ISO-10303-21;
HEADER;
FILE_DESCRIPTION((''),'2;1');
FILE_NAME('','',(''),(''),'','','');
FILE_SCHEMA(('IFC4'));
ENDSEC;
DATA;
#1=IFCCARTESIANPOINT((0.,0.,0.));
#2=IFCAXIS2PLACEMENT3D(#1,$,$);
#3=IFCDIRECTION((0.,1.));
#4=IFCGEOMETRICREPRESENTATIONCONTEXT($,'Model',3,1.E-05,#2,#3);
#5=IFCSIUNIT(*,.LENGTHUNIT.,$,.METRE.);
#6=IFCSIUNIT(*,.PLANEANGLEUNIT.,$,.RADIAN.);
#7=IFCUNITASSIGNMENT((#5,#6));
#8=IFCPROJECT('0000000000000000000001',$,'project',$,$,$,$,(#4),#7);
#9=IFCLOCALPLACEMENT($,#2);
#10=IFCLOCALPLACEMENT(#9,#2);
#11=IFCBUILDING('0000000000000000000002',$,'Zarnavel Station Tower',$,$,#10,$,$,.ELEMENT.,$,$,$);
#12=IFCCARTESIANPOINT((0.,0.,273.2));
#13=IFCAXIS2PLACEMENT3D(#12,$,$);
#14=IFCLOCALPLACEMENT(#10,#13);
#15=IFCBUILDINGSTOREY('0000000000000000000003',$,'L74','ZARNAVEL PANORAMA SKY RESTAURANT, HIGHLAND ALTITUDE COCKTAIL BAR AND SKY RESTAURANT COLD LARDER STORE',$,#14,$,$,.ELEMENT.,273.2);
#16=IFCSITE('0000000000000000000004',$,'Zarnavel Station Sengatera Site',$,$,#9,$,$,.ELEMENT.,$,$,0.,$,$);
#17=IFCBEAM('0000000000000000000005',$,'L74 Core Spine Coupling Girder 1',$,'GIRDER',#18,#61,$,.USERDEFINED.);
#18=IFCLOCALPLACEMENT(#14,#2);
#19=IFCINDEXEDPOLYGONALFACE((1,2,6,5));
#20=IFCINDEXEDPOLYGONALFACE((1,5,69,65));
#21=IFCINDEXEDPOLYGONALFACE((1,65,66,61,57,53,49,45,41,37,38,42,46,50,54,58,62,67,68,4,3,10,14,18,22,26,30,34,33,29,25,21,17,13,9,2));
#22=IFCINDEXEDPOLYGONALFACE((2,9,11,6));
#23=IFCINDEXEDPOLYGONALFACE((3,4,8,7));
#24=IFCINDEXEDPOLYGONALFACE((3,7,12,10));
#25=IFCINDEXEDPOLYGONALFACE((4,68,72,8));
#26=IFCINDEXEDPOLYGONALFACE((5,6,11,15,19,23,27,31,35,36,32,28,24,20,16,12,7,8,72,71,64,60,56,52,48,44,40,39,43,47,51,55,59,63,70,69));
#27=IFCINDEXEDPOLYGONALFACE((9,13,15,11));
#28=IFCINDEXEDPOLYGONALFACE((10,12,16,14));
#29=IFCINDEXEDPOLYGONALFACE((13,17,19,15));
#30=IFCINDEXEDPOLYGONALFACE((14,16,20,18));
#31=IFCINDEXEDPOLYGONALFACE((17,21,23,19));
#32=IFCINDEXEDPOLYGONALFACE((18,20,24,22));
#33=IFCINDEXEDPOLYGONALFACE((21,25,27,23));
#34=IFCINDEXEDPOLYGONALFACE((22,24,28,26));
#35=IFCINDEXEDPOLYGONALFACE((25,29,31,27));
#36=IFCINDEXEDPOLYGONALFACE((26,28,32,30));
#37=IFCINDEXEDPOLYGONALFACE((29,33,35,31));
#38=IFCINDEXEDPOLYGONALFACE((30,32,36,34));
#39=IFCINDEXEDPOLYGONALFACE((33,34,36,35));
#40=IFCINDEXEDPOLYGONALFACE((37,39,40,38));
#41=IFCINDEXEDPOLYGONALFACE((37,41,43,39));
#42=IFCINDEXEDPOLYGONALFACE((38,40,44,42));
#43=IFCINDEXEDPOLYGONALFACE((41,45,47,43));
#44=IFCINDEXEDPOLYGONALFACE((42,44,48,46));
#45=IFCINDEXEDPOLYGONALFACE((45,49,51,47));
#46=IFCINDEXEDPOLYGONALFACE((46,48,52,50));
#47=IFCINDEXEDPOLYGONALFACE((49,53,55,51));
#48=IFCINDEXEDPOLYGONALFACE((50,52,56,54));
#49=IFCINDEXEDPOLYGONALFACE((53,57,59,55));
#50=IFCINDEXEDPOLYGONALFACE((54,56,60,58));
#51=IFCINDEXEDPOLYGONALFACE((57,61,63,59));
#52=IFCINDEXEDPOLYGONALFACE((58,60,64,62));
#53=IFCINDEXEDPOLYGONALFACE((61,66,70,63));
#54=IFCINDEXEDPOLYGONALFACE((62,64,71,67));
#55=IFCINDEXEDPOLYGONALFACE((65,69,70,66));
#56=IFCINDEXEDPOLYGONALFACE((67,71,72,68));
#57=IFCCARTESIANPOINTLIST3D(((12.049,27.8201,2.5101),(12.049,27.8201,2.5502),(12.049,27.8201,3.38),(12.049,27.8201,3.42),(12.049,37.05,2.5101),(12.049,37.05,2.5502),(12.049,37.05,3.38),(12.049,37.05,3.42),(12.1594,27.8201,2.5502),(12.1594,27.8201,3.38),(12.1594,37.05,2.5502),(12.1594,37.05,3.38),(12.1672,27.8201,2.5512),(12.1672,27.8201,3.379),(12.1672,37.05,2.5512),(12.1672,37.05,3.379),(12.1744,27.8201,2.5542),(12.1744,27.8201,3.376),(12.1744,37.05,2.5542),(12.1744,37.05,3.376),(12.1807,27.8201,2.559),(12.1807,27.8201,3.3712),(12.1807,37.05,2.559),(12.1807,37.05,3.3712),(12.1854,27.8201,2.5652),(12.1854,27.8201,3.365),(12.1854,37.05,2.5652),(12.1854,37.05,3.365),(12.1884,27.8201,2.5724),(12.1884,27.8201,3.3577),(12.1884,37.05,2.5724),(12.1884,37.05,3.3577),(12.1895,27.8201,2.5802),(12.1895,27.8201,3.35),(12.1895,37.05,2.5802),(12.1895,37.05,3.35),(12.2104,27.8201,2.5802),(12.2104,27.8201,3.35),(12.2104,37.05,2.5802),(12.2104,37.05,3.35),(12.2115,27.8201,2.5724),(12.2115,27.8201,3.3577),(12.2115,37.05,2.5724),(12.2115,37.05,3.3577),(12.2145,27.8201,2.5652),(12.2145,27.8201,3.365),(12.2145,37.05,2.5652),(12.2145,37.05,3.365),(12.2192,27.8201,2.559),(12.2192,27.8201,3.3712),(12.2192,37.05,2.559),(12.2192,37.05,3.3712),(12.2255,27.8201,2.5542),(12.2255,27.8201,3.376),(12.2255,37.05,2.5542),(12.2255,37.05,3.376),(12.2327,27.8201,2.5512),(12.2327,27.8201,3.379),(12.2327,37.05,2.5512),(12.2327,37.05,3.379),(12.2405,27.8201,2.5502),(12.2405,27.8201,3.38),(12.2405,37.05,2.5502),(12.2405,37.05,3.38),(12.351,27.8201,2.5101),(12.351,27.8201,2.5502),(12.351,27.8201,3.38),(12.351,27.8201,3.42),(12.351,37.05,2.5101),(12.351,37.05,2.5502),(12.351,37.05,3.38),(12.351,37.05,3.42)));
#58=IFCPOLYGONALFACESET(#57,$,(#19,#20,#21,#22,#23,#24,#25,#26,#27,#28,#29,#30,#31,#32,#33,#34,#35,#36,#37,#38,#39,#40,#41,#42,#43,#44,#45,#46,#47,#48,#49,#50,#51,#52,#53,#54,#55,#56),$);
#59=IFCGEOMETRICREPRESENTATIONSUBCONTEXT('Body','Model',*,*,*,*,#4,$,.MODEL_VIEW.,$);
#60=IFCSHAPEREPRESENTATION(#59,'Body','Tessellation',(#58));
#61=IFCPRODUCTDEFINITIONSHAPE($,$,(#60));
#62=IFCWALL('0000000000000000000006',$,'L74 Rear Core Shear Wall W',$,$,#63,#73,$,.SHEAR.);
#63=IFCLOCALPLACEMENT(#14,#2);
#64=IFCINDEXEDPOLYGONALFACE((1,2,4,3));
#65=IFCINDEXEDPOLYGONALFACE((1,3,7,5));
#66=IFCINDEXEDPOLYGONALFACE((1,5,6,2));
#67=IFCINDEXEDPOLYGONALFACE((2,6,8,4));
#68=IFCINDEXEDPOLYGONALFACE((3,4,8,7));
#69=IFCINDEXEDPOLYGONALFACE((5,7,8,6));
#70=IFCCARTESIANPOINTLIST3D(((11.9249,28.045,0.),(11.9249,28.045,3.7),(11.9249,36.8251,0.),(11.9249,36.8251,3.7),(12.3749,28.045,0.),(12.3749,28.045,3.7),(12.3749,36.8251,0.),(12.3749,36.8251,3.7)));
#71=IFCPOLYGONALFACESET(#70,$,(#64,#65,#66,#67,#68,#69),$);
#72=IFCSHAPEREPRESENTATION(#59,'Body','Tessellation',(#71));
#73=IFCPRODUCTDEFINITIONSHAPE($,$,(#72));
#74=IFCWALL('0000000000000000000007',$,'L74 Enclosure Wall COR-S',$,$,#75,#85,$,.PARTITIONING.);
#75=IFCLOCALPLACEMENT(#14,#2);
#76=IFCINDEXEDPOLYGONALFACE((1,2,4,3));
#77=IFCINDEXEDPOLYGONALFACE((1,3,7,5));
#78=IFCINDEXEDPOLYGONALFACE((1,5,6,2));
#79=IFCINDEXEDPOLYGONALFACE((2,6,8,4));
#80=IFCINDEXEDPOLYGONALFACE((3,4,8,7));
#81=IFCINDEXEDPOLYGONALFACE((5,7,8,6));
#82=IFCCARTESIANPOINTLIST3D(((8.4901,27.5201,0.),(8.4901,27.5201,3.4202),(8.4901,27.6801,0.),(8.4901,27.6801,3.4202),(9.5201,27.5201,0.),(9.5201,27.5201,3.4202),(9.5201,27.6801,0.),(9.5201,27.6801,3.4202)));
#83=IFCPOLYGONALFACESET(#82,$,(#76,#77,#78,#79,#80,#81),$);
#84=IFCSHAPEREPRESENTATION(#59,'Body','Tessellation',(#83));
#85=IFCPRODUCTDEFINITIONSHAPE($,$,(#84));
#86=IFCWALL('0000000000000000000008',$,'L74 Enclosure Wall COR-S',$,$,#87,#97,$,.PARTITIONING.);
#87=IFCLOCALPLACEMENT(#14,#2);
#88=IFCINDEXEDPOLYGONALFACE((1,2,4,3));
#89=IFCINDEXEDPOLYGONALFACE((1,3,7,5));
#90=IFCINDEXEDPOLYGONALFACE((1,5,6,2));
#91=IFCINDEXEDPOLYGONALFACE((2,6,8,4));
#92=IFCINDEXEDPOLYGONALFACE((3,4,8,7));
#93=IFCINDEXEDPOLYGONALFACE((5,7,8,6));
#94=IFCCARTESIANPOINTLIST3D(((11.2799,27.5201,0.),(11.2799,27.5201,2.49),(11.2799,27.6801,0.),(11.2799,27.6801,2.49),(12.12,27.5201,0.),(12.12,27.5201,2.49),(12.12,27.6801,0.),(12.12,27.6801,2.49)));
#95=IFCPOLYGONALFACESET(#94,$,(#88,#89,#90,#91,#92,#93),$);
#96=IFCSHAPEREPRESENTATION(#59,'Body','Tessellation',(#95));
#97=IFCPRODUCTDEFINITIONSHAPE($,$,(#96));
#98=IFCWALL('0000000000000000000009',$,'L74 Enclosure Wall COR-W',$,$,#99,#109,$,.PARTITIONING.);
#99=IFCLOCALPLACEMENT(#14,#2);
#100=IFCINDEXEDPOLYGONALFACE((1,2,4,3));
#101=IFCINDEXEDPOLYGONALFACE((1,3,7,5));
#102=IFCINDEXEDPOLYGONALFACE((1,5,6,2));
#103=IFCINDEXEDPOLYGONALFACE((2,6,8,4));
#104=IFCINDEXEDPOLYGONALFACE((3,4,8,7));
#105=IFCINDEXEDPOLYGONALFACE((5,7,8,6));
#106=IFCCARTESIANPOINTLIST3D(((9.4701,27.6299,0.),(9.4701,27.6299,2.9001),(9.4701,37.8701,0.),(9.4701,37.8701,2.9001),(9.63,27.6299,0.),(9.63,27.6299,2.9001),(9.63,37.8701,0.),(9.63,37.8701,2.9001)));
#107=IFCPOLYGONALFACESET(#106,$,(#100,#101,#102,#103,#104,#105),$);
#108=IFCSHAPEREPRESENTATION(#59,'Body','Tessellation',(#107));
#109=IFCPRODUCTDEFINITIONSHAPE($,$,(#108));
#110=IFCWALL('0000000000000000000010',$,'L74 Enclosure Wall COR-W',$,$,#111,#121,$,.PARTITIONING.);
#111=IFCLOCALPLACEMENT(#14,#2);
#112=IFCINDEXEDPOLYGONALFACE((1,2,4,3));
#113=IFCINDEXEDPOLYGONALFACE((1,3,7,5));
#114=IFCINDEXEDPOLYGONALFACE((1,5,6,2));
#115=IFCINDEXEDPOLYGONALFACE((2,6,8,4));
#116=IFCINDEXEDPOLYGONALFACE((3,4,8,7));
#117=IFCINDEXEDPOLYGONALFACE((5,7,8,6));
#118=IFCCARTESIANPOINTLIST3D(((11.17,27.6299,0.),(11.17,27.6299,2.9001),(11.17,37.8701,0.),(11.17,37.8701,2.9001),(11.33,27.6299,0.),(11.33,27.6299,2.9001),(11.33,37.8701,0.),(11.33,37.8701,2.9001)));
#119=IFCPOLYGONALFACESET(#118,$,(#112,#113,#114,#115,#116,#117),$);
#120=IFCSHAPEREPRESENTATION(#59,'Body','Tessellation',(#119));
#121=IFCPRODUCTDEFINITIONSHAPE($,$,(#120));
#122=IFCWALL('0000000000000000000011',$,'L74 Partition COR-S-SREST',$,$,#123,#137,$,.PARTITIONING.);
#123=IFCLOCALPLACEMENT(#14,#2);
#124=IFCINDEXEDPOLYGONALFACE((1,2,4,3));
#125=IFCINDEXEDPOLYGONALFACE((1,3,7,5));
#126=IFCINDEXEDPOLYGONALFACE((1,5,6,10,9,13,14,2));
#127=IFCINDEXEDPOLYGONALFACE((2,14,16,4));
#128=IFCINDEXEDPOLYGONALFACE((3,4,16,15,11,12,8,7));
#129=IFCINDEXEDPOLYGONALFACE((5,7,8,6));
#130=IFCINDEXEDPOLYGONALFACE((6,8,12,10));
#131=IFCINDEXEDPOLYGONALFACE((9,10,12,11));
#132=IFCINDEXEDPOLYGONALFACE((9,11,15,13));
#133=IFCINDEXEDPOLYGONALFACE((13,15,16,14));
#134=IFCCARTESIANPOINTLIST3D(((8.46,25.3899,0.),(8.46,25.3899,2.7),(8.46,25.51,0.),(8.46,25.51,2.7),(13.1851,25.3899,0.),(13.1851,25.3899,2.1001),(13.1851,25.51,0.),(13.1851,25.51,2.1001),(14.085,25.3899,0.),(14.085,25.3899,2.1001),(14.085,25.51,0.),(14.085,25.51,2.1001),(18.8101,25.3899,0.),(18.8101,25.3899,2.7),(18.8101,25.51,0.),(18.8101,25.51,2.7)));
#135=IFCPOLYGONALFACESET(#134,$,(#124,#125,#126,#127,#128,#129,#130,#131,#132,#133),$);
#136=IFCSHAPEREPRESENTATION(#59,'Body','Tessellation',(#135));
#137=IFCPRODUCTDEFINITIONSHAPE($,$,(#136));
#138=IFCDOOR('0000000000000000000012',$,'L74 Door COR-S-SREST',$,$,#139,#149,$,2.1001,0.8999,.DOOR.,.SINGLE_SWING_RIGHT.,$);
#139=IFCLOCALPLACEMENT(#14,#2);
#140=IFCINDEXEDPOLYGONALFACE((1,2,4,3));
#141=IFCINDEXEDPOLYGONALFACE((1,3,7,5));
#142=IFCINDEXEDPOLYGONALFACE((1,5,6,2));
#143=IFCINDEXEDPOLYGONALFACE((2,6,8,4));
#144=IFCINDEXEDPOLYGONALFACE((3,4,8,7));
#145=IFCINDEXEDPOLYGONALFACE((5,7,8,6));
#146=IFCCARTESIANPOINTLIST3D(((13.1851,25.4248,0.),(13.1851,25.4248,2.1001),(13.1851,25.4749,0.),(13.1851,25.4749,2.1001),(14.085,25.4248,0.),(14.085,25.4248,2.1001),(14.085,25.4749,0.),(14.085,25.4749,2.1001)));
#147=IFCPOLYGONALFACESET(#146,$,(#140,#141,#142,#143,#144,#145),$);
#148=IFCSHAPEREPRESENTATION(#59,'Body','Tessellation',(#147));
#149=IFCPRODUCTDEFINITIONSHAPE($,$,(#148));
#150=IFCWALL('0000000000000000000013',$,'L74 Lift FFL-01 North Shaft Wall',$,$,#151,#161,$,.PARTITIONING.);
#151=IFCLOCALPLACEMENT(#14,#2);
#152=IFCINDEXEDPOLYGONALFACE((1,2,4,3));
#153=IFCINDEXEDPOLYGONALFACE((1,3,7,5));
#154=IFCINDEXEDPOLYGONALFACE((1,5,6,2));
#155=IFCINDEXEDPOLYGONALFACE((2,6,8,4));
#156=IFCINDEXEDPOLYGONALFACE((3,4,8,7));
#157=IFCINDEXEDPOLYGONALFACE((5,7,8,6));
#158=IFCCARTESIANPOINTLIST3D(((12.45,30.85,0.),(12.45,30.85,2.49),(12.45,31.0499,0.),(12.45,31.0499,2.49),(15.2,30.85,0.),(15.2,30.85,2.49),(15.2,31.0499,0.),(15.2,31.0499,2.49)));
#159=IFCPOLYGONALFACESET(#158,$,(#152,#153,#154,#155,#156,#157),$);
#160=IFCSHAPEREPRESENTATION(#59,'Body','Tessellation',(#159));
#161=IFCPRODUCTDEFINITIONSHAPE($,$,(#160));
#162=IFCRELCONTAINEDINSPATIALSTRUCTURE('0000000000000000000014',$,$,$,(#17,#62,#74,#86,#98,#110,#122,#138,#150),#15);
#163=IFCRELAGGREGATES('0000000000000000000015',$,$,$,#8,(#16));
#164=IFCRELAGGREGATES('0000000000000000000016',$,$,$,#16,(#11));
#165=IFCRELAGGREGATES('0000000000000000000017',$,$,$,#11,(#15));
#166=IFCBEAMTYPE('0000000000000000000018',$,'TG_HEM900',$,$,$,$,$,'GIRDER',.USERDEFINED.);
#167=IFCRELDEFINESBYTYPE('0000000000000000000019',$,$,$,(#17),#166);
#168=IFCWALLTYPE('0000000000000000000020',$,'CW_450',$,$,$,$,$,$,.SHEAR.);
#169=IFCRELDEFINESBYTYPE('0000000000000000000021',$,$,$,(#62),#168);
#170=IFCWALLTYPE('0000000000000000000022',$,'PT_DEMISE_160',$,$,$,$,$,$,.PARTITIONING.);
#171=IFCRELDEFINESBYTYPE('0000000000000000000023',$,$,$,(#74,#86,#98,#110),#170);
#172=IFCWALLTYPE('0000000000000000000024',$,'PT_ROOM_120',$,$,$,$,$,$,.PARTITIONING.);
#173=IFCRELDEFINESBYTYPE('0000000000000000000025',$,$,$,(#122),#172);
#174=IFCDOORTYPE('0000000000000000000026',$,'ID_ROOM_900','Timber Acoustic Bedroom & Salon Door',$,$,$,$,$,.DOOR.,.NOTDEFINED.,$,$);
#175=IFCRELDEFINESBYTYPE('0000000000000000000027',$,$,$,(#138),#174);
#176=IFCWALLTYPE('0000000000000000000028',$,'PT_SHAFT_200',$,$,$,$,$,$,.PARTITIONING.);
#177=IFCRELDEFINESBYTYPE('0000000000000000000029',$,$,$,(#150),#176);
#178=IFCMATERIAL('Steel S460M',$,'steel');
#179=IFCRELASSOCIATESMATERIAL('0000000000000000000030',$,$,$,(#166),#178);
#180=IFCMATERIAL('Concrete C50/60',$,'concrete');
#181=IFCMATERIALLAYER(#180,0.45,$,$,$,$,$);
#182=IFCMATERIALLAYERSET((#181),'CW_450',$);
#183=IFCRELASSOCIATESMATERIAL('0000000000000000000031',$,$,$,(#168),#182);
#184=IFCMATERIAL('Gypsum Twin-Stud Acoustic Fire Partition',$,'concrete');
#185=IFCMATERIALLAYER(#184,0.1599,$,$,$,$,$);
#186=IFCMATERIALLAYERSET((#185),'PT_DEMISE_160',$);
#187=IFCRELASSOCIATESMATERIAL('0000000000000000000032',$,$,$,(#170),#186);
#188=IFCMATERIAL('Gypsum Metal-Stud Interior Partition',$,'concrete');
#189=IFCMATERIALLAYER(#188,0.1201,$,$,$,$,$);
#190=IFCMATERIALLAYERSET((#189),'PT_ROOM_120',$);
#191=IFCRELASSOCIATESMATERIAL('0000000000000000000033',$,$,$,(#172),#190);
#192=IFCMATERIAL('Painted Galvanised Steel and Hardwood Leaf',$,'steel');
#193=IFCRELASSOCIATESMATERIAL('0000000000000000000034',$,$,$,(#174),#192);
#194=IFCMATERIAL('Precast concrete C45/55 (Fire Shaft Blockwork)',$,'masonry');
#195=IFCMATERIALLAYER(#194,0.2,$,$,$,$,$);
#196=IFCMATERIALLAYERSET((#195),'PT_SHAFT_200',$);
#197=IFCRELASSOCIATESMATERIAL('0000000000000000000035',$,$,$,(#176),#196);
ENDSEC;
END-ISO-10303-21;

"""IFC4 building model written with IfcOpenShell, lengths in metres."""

from ifc_helpers import new_model, si_unit, direction, frame, frame_2d, origin, origin_2d, place, context, subcontext, project, spatial, rectangle, i_section, extrude, material, layer, layer_set, material_profile, profile_set, type_object, element, fill, save


model = new_model("IFC4")

# Units and contexts
model_context = context("Model", 3, precision=1e-05, world=origin(), true_north=direction((0.0, 1.0)))
body_context = subcontext(model_context, "Body", "Model", "MODEL_VIEW")
ifc_project = project(units=[si_unit("LENGTHUNIT", "METRE"), si_unit("PLANEANGLEUNIT", "RADIAN")], contexts=[model_context])

# Site, building, storey
site_placement = place(None, origin())
site = spatial("IfcSite", under=ifc_project, at=site_placement, Name="Zarnavel Station Sengatera Site", CompositionType="ELEMENT", RefElevation=0.0)
building_placement = place(site_placement, origin())
building = spatial("IfcBuilding", under=site, at=building_placement, Name="Zarnavel Station Tower", CompositionType="ELEMENT")
storey_placement = place(building_placement, frame((0.0, 0.0, 273.2)))
storey = spatial("IfcBuildingStorey", under=building, at=storey_placement, Name="L74", Description="ZARNAVEL PANORAMA SKY RESTAURANT, HIGHLAND ALTITUDE COCKTAIL BAR AND SKY RESTAURANT COLD LARDER STORE", CompositionType="ELEMENT", Elevation=273.2)

# Beam
ifc_material_1 = material(Name="Steel S460M", Category="steel")
ifc_material_profile_1 = material_profile(ifc_material_1, i_section(OverallWidth=0.302, OverallDepth=0.9099, WebThickness=0.021, FlangeThickness=0.04, FilletRadius=0.03, at=origin_2d()), Name="HEM900")
ifc_profile_set_1 = profile_set([ifc_material_profile_1], Name="Steel S460M")
beam_type_1 = type_object("IfcBeamType", Name="TG_HEM900", ElementType="GIRDER", PredefinedType="USERDEFINED", material=ifc_profile_set_1)
beam_1_placement = place(storey_placement, frame((12.2, 27.8201, 2.9651), z_axis=(0.0, 1.0, 0.0), x_axis=(-1.0, 0.0, 0.0)))
element("IfcBeam", 1, at=beam_1_placement, inside=storey, type_object=beam_type_1, Name="L74 Core Spine Coupling Girder 1", ObjectType="GIRDER", PredefinedType="USERDEFINED", context=body_context, shape_type="SweptSolid", body=[
    extrude(i_section(OverallWidth=0.302, OverallDepth=0.9099, WebThickness=0.021, FlangeThickness=0.04, FilletRadius=0.03, at=origin_2d()), origin(), (0.0, 0.0, 1.0), 9.23),
])

# Walls
ifc_material_2 = material(Name="Concrete C50/60", Category="concrete")
ifc_layer_1 = layer(ifc_material_2, 0.45)
ifc_layer_set_1 = layer_set([ifc_layer_1], Name="CW_450")
wall_type_1 = type_object("IfcWallType", Name="CW_450", PredefinedType="SHEAR", material=ifc_layer_set_1)
wall_1_placement = place(storey_placement, frame((12.1499, 28.0449, 0.0), z_axis=(0.0, 0.0, 1.0), x_axis=(0.0, 1.0, 0.0)))
element("IfcWall", 2, at=wall_1_placement, inside=storey, type_object=wall_type_1, Name="L74 Rear Core Shear Wall W", PredefinedType="SHEAR", context=body_context, shape_type="SweptSolid", body=[
    extrude(rectangle(XDim=8.78, YDim=0.45, at=frame_2d((4.3901, 0.0))), origin(), (0.0, 0.0, 1.0), 3.7),
])
ifc_material_3 = material(Name="Gypsum Twin-Stud Acoustic Fire Partition", Category="concrete")
ifc_layer_2 = layer(ifc_material_3, 0.1599)
ifc_layer_set_2 = layer_set([ifc_layer_2], Name="PT_DEMISE_160")
wall_type_2 = type_object("IfcWallType", Name="PT_DEMISE_160", PredefinedType="PARTITIONING", material=ifc_layer_set_2)
wall_2_placement = place(storey_placement, frame((8.49, 27.6001, 0.0), z_axis=(0.0, 0.0, 1.0), x_axis=(1.0, 0.0, 0.0)))
element("IfcWall", 3, at=wall_2_placement, inside=storey, type_object=wall_type_2, Name="L74 Enclosure Wall COR-S", PredefinedType="PARTITIONING", context=body_context, shape_type="SweptSolid", body=[
    extrude(rectangle(XDim=1.03, YDim=0.1599, at=frame_2d((0.5151, 0.0))), origin(), (0.0, 0.0, 1.0), 3.4202),
])
wall_3_placement = place(storey_placement, frame((11.28, 27.6001, 0.0), z_axis=(0.0, 0.0, 1.0), x_axis=(1.0, 0.0, 0.0)))
element("IfcWall", 4, at=wall_3_placement, inside=storey, type_object=wall_type_2, Name="L74 Enclosure Wall COR-S", PredefinedType="PARTITIONING", context=body_context, shape_type="SweptSolid", body=[
    extrude(rectangle(XDim=0.8401, YDim=0.1599, at=frame_2d((0.4199, 0.0))), origin(), (0.0, 0.0, 1.0), 2.49),
])
for number, where, z_axis, x_axis, name in (
    (5, (9.55, 27.6299, 0.0), (0.0, 0.0, 1.0), (0.0, 1.0, 0.0), "L74 Enclosure Wall COR-W"),
    (6, (11.25, 27.6299, 0.0), (0.0, 0.0, 1.0), (0.0, 1.0, 0.0), "L74 Enclosure Wall COR-W"),
):
    element("IfcWall", number, at=place(storey_placement, frame(where, z_axis=z_axis, x_axis=x_axis)), inside=storey, type_object=wall_type_2, Name=name, PredefinedType="PARTITIONING", context=body_context, shape_type="SweptSolid", body=[
        extrude(rectangle(XDim=10.2402, YDim=0.1599, at=frame_2d((5.1201, 0.0))), origin(), (0.0, 0.0, 1.0), 2.9001),
    ])

# Wall, opening, door
ifc_material_4 = material(Name="Gypsum Metal-Stud Interior Partition", Category="concrete")
ifc_layer_3 = layer(ifc_material_4, 0.1201)
ifc_layer_set_3 = layer_set([ifc_layer_3], Name="PT_ROOM_120")
wall_type_3 = type_object("IfcWallType", Name="PT_ROOM_120", PredefinedType="PARTITIONING", material=ifc_layer_set_3)
wall_4_placement = place(storey_placement, frame((8.46, 25.45, 0.0), z_axis=(0.0, 0.0, 1.0), x_axis=(1.0, 0.0, 0.0)))
wall_4 = element("IfcWall", 7, at=wall_4_placement, inside=storey, type_object=wall_type_3, Name="L74 Partition COR-S-SREST", PredefinedType="PARTITIONING", context=body_context, shape_type="SweptSolid", body=[
    extrude(rectangle(XDim=10.3501, YDim=0.1201, at=frame_2d((5.175, 0.0))), origin(), (0.0, 0.0, 1.0), 2.7),
])
opening_1_placement = place(wall_4_placement, frame((4.7251, 0.0, 0.0)))
opening_1 = element("IfcOpeningElement", 8, at=opening_1_placement, cuts=wall_4, PredefinedType="OPENING", context=body_context, shape_type="SweptSolid", body=[
    extrude(rectangle(XDim=0.8999, YDim=2.1001, at=frame_2d((0.45, 1.05))), frame((0.0, 0.0701, 0.0), z_axis=(0.0, -1.0, 0.0), x_axis=(1.0, 0.0, 0.0)), (0.0, 0.0, 1.0), 0.1401),
])
ifc_material_5 = material(Name="Painted Galvanised Steel and Hardwood Leaf", Category="steel")
door_type_1 = type_object("IfcDoorType", Name="ID_ROOM_900", Description="Timber Acoustic Bedroom & Salon Door", OperationType="NOTDEFINED", PredefinedType="DOOR", material=ifc_material_5)
door_1_placement = place(opening_1_placement, origin())
door_1 = element("IfcDoor", 9, at=door_1_placement, inside=storey, type_object=door_type_1, Name="L74 Door COR-S-SREST", OperationType="SINGLE_SWING_RIGHT", OverallHeight=2.1001, OverallWidth=0.8999, PredefinedType="DOOR", context=body_context, shape_type="SweptSolid", body=[
    extrude(rectangle(XDim=0.8999, YDim=2.1001, at=frame_2d((0.45, 1.05))), frame((0.0, 0.0249, 0.0), z_axis=(0.0, -1.0, 0.0), x_axis=(1.0, 0.0, 0.0)), (0.0, 0.0, 1.0), 0.05),
])
fill(opening_1, door_1)
ifc_material_6 = material(Name="Precast concrete C45/55 (Fire Shaft Blockwork)", Category="masonry")
ifc_layer_4 = layer(ifc_material_6, 0.2)
ifc_layer_set_4 = layer_set([ifc_layer_4], Name="PT_SHAFT_200")
wall_type_4 = type_object("IfcWallType", Name="PT_SHAFT_200", PredefinedType="PARTITIONING", material=ifc_layer_set_4)

# Wall
wall_5_placement = place(storey_placement, frame((12.45, 30.95, 0.0), z_axis=(0.0, 0.0, 1.0), x_axis=(1.0, 0.0, 0.0)))
element("IfcWall", 10, at=wall_5_placement, inside=storey, type_object=wall_type_4, Name="L74 Lift FFL-01 North Shaft Wall", PredefinedType="PARTITIONING", context=body_context, shape_type="SweptSolid", body=[
    extrude(rectangle(XDim=2.75, YDim=0.2, at=frame_2d((1.375, 0.0))), origin(), (0.0, 0.0, 1.0), 2.49),
])

save(model, "model.ifc")
